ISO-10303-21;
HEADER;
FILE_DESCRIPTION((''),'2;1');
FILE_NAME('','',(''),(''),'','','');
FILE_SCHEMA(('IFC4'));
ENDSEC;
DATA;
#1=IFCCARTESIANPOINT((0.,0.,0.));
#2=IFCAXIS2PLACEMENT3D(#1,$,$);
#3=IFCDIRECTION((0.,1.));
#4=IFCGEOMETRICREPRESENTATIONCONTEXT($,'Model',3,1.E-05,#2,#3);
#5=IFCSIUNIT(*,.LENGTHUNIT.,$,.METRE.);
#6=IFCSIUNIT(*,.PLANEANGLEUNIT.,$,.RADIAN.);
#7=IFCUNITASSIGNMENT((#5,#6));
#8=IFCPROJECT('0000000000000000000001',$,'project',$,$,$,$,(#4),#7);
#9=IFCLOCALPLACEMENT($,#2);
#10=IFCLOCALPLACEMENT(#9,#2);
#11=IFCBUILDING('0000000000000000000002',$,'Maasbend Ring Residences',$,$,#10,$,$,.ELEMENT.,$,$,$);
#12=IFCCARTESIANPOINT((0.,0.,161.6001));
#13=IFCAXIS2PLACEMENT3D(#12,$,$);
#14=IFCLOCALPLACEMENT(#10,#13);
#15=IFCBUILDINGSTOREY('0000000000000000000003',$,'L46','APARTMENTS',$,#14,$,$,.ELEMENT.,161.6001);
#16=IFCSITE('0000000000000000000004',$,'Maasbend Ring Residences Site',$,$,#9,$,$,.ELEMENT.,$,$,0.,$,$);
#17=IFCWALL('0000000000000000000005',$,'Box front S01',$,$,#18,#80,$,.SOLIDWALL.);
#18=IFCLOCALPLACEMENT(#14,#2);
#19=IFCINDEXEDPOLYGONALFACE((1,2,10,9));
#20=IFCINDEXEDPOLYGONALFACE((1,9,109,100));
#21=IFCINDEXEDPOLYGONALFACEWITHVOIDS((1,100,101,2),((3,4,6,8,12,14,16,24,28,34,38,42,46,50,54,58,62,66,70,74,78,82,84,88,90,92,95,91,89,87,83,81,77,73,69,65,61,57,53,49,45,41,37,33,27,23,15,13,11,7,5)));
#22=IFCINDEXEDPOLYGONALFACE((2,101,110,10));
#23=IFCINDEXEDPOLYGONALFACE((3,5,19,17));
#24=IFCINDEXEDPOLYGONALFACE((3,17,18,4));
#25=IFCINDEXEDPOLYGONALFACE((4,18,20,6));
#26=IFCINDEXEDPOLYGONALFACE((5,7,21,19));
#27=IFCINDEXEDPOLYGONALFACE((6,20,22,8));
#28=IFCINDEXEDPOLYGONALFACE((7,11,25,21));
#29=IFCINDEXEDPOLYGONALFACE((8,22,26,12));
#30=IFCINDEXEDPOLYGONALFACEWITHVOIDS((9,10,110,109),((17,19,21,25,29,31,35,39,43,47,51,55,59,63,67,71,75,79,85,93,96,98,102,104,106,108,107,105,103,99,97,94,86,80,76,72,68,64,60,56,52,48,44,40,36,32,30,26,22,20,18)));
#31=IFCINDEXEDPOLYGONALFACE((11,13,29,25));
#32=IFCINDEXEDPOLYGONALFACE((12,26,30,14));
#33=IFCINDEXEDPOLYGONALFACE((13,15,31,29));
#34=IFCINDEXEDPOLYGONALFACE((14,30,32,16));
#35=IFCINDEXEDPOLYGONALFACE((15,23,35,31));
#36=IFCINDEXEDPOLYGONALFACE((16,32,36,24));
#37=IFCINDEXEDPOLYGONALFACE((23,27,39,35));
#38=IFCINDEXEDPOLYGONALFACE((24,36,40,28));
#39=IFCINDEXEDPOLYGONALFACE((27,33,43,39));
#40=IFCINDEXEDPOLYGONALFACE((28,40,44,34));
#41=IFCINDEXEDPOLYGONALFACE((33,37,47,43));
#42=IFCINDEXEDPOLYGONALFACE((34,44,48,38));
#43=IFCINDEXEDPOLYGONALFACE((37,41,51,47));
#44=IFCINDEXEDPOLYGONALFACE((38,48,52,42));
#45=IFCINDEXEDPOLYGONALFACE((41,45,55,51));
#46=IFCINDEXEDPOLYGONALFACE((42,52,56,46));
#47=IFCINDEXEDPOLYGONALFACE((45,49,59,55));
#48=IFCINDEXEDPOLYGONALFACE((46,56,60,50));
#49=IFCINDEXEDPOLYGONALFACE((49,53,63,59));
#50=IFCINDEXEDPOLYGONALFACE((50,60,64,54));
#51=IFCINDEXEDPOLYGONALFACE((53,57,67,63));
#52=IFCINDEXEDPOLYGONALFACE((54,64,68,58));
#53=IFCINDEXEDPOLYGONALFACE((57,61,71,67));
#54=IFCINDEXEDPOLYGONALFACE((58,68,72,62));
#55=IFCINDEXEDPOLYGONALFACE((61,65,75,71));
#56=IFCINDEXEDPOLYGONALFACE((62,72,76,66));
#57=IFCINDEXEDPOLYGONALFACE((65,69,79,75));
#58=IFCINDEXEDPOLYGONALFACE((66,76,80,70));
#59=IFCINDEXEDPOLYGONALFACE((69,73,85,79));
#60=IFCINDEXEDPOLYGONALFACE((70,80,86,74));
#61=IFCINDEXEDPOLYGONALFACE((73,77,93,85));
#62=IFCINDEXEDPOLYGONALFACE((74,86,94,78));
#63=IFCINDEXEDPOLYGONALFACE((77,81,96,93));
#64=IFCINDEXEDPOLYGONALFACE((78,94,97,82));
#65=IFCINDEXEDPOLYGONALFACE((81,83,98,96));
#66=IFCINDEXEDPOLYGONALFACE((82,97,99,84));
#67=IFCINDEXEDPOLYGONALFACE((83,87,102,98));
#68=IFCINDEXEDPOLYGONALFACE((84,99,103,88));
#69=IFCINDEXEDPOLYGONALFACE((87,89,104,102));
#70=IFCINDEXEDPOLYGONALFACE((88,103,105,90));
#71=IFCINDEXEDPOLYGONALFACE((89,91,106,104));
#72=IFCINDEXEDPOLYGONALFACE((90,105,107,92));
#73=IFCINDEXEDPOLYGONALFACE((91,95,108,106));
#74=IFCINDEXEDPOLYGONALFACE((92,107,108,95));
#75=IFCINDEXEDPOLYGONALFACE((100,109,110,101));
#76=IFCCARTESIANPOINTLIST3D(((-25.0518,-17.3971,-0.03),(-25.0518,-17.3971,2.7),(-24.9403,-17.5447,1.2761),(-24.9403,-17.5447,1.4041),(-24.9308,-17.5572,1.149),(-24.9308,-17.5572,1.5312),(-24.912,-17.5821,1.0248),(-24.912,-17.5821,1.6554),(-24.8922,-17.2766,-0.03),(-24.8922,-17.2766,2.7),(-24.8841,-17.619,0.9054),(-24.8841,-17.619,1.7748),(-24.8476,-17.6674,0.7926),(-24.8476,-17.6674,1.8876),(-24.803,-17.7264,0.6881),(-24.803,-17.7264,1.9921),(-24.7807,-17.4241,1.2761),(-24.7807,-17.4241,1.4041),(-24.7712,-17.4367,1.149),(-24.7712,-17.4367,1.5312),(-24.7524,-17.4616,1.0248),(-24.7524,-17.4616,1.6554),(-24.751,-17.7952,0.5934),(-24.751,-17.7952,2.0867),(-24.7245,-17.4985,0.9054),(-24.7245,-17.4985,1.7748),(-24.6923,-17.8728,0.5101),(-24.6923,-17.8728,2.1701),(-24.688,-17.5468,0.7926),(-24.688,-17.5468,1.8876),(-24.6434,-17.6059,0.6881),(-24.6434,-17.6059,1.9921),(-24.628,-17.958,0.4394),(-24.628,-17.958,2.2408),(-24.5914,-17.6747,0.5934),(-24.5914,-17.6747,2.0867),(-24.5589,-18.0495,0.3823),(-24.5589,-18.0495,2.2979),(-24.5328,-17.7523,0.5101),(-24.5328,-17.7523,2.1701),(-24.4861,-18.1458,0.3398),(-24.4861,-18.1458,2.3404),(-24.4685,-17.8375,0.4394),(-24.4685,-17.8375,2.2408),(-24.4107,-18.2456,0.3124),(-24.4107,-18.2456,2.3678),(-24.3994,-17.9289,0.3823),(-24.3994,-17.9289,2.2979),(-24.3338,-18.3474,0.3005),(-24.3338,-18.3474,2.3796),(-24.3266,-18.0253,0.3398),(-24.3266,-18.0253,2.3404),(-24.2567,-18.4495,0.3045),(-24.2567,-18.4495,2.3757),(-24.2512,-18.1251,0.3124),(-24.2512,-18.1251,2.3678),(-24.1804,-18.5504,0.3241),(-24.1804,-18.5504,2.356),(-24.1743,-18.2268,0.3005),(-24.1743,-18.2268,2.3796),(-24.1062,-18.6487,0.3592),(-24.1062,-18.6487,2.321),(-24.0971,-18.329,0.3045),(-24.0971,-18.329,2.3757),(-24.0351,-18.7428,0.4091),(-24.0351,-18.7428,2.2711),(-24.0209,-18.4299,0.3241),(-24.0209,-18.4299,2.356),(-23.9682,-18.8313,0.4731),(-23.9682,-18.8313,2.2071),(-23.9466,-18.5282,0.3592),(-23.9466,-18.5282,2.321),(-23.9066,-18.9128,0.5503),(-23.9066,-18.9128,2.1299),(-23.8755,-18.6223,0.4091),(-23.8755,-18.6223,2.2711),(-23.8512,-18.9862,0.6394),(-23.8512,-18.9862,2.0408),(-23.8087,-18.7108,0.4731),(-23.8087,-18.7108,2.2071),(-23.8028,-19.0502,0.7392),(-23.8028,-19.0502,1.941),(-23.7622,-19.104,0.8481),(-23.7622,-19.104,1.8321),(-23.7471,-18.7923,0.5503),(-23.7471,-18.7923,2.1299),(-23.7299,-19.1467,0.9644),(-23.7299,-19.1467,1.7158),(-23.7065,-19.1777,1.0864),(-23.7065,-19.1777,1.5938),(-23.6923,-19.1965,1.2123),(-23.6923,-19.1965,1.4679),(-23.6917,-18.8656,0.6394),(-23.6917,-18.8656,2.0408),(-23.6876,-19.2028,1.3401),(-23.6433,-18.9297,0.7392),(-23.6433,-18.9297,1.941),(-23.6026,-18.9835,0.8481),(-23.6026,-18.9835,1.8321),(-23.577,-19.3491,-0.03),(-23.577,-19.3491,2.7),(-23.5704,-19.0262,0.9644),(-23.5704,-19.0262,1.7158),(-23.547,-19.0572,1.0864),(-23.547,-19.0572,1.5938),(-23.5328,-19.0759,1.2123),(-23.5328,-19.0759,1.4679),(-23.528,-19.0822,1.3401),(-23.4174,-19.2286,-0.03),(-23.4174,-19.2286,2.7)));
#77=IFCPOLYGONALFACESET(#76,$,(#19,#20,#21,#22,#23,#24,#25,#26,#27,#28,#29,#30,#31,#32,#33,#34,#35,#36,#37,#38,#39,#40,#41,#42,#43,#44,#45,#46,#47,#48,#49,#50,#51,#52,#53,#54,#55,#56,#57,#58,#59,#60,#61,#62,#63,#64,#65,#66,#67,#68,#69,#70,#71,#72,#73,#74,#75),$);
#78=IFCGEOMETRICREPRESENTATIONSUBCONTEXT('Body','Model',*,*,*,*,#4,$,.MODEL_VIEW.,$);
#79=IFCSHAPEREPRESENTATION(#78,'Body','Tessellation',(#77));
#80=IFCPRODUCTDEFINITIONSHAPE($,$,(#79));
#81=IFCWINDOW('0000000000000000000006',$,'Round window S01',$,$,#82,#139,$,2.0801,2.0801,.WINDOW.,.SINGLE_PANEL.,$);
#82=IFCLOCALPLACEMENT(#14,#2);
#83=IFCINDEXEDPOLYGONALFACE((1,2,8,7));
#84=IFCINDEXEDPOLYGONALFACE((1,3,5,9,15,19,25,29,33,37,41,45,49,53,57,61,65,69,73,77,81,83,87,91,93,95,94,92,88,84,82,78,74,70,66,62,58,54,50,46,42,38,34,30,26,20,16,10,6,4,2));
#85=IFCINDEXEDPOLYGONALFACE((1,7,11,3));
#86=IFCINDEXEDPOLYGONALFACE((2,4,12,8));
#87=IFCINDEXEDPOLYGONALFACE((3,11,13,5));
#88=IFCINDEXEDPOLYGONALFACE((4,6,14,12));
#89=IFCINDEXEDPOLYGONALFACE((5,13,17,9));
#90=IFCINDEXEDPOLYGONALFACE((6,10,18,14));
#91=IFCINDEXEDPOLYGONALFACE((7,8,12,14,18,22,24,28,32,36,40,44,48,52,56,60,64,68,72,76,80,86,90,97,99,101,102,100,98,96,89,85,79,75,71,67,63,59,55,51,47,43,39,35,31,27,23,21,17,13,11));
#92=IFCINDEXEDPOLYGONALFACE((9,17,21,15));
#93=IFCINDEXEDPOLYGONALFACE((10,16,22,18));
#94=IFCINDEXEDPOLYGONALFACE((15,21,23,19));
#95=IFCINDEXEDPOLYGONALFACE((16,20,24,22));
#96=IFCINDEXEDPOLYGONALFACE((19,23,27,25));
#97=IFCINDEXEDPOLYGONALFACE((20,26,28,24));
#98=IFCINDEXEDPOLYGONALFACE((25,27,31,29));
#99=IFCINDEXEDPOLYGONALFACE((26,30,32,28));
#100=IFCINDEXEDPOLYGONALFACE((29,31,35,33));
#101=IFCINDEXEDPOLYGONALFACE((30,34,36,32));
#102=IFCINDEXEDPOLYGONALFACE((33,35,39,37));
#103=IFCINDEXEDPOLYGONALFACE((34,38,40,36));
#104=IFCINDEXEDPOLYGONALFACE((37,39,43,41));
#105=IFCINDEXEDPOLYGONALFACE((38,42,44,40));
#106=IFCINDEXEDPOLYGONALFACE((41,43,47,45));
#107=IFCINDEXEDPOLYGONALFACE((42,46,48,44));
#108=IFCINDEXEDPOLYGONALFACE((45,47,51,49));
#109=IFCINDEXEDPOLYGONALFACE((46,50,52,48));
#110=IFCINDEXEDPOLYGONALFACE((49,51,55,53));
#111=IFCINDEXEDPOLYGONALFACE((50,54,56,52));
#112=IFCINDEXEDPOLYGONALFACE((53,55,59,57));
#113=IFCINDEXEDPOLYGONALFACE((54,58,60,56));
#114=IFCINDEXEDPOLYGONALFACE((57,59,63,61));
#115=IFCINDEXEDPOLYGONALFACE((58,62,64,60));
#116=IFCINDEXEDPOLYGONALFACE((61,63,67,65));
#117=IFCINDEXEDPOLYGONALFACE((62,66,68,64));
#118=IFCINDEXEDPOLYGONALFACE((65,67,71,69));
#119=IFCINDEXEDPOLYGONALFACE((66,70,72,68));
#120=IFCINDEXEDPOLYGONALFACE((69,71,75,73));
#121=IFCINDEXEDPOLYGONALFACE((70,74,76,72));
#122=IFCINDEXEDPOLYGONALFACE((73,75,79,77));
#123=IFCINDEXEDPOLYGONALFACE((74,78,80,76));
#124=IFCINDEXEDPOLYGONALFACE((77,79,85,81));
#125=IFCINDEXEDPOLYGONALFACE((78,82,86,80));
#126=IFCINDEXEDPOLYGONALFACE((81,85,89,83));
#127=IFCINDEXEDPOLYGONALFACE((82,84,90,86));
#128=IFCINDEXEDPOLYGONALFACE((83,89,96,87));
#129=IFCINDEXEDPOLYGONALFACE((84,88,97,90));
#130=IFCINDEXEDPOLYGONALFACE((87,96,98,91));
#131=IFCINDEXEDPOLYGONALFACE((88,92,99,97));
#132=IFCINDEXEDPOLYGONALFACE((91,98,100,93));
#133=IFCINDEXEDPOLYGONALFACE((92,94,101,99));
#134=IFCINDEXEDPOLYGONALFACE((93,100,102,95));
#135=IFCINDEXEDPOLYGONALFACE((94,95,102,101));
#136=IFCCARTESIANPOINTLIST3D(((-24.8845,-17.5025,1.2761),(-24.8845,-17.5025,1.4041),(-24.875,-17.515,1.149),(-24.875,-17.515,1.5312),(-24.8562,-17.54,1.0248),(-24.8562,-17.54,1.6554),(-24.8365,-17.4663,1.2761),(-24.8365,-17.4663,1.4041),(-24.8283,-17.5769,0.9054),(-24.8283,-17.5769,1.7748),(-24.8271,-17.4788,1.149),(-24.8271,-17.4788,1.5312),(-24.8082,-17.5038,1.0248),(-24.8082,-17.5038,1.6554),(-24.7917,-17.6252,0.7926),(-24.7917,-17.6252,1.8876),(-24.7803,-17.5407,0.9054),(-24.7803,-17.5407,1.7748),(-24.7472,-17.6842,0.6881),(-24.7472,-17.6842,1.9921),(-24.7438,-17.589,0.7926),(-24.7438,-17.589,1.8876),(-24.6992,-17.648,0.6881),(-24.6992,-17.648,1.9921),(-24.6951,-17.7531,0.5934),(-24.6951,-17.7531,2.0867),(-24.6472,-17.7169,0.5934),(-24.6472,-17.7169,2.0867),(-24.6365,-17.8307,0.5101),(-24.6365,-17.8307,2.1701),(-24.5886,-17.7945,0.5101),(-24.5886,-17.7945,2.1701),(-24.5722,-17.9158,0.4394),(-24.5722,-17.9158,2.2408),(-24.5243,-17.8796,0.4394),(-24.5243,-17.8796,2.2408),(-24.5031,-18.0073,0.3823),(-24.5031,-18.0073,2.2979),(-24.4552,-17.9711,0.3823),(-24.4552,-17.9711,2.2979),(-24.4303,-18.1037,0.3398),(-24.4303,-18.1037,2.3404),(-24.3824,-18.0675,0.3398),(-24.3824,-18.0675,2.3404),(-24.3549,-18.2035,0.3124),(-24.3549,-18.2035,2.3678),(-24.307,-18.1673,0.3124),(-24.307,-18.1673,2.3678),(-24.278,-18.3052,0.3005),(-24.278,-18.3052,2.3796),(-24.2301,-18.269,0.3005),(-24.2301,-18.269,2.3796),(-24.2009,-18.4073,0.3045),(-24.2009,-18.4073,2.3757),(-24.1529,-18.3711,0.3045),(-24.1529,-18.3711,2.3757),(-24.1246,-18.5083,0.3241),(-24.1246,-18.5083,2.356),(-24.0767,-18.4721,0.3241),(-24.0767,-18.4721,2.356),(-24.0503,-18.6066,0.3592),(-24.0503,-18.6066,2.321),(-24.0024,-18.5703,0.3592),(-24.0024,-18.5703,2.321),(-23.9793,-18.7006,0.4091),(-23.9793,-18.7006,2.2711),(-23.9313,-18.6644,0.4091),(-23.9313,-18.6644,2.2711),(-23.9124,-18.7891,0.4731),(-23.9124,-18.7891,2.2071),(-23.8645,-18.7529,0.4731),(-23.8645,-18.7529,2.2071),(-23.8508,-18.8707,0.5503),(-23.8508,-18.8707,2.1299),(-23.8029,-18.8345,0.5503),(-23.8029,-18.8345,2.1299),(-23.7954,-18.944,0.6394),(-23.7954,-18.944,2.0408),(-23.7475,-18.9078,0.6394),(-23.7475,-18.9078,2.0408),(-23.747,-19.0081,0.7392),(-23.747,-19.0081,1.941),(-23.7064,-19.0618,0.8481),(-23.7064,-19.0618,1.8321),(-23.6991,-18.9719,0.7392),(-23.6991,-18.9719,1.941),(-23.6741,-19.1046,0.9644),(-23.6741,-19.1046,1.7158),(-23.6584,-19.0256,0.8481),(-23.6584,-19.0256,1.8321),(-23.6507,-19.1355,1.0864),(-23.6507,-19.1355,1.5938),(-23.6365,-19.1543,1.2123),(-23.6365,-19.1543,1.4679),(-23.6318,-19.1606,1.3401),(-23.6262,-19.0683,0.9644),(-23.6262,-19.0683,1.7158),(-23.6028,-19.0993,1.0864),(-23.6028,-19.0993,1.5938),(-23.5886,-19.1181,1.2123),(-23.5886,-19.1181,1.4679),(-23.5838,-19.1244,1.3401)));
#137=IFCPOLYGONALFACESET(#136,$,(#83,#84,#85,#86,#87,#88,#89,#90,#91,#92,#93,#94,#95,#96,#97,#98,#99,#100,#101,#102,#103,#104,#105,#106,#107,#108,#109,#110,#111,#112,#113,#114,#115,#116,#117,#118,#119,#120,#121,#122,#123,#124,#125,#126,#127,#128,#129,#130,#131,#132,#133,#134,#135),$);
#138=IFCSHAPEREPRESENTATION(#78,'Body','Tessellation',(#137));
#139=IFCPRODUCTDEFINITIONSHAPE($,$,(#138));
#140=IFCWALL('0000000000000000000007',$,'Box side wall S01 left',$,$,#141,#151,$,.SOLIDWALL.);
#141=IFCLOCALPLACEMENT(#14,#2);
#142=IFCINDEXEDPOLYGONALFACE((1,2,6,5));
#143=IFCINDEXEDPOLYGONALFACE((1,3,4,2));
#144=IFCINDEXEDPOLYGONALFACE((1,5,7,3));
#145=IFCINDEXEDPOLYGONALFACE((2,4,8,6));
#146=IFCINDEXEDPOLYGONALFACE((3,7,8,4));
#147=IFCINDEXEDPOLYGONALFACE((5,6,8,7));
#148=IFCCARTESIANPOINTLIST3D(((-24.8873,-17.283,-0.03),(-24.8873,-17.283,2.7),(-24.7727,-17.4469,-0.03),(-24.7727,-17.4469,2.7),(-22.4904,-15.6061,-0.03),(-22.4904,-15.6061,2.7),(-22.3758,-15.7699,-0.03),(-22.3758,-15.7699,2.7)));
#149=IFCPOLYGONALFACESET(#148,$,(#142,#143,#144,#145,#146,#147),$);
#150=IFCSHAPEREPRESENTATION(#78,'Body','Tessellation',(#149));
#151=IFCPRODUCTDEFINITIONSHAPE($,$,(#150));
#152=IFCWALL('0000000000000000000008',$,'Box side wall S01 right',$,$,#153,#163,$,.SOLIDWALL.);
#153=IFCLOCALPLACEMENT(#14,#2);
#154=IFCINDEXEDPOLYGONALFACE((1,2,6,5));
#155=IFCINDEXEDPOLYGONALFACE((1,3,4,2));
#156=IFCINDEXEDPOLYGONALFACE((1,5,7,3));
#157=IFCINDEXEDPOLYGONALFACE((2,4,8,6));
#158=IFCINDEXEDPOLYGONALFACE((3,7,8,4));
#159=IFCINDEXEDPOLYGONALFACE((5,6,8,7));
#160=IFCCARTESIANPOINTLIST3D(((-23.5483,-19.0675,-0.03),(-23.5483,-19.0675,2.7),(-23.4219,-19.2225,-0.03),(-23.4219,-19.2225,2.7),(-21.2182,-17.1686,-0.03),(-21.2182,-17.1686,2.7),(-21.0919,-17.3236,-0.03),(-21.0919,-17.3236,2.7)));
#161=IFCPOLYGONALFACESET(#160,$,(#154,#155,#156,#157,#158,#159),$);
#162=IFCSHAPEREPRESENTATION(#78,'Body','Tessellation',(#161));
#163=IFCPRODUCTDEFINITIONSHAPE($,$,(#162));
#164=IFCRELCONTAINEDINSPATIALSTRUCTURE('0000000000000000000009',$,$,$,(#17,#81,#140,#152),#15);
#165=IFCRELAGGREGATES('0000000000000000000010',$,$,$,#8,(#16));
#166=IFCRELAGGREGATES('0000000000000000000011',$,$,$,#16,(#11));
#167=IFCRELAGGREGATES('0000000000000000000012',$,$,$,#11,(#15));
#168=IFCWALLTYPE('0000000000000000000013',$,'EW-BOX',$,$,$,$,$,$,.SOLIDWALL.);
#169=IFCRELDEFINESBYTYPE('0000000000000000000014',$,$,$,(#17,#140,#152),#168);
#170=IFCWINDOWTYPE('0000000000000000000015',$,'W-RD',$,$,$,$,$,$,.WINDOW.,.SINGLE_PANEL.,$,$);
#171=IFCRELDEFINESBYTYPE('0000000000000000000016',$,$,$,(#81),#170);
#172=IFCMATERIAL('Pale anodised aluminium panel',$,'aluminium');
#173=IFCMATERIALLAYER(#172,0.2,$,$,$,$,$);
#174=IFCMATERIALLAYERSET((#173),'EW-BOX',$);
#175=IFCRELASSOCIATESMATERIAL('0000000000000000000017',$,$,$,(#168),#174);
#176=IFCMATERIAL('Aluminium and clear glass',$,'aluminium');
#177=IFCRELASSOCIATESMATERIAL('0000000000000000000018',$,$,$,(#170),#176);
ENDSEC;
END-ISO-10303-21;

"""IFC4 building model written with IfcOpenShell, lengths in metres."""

from ifc_helpers import new_model, si_unit, direction, frame, frame_2d, origin, place, context, subcontext, project, spatial, rectangle, circle, extrude, material, layer, layer_set, type_object, element, fill, save


model = new_model("IFC4")

# Units and contexts
model_context = context("Model", 3, precision=1e-05, world=origin(), true_north=direction((0.0, 1.0)))
body_context = subcontext(model_context, "Body", "Model", "MODEL_VIEW")
ifc_project = project(units=[si_unit("LENGTHUNIT", "METRE"), si_unit("PLANEANGLEUNIT", "RADIAN")], contexts=[model_context])

# Site, building, storey
site_placement = place(None, origin())
site = spatial("IfcSite", under=ifc_project, at=site_placement, Name="Maasbend Ring Residences Site", CompositionType="ELEMENT", RefElevation=0.0)
building_placement = place(site_placement, origin())
building = spatial("IfcBuilding", under=site, at=building_placement, Name="Maasbend Ring Residences", CompositionType="ELEMENT")
storey_placement = place(building_placement, frame((0.0, 0.0, 161.6001)))
storey = spatial("IfcBuildingStorey", under=building, at=storey_placement, Name="L46", Description="APARTMENTS", CompositionType="ELEMENT", Elevation=161.6001)

# Wall, opening, window
ifc_material_1 = material(Name="Pale anodised aluminium panel", Category="aluminium")
ifc_layer_1 = layer(ifc_material_1, 0.2)
ifc_layer_set_1 = layer_set([ifc_layer_1], Name="EW-BOX")
wall_type_1 = type_object("IfcWallType", Name="EW-BOX", PredefinedType="SOLIDWALL", material=ifc_layer_set_1)
wall_1_placement = place(storey_placement, frame((-24.9719, -17.3369, -0.03), z_axis=(0.0, 0.0, 1.0), x_axis=(0.602806, -0.797888, 0.0)))
wall_1 = element("IfcWall", 1, at=wall_1_placement, inside=storey, type_object=wall_type_1, Name="Box front S01", PredefinedType="SOLIDWALL", context=body_context, shape_type="SweptSolid", body=[
    extrude(rectangle(XDim=2.4465, YDim=0.2, at=frame_2d((1.2231, 0.0))), origin(), (0.0, 0.0, 1.0), 2.73),
])
opening_1_placement = place(wall_1_placement, frame((0.1829, 0.0, 0.3301)))
opening_1 = element("IfcOpeningElement", 2, at=opening_1_placement, cuts=wall_1, PredefinedType="OPENING", context=body_context, shape_type="SweptSolid", body=[
    extrude(circle(Radius=1.04, at=frame_2d((1.04, 1.04))), frame((0.0, 0.1099, 0.0), z_axis=(0.0, -1.0, 0.0), x_axis=(1.0, 0.0, 0.0)), (0.0, 0.0, 1.0), 0.22),
])
ifc_material_2 = material(Name="Aluminium and clear glass", Category="aluminium")
window_type_1 = type_object("IfcWindowType", Name="W-RD", PartitioningType="SINGLE_PANEL", PredefinedType="WINDOW", material=ifc_material_2)
window_1_placement = place(opening_1_placement, origin())
window_1 = element("IfcWindow", 3, at=window_1_placement, inside=storey, type_object=window_type_1, Name="Round window S01", OverallHeight=2.0801, OverallWidth=2.0801, PartitioningType="SINGLE_PANEL", PredefinedType="WINDOW", context=body_context, shape_type="SweptSolid", body=[
    extrude(circle(Radius=1.04, at=frame_2d((1.04, 1.04))), frame((0.0, 0.03, 0.0), z_axis=(0.0, -1.0, 0.0), x_axis=(1.0, 0.0, 0.0)), (0.0, 0.0, 1.0), 0.0601),
])
fill(opening_1, window_1)

# Walls
wall_2_placement = place(storey_placement, frame((-22.4331, -15.688, -0.03), z_axis=(0.0, 0.0, 1.0), x_axis=(-0.819373, -0.573261, 0.0)))
element("IfcWall", 4, at=wall_2_placement, inside=storey, type_object=wall_type_1, Name="Box side wall S01 left", PredefinedType="SOLIDWALL", context=body_context, shape_type="SweptSolid", body=[
    extrude(rectangle(XDim=2.9253, YDim=0.2, at=frame_2d((1.4626, 0.0))), origin(), (0.0, 0.0, 1.0), 2.73),
])
wall_3_placement = place(storey_placement, frame((-21.155, -17.2461, -0.03), z_axis=(0.0, 0.0, 1.0), x_axis=(-0.775179, -0.631742, 0.0)))
element("IfcWall", 5, at=wall_3_placement, inside=storey, type_object=wall_type_1, Name="Box side wall S01 right", PredefinedType="SOLIDWALL", context=body_context, shape_type="SweptSolid", body=[
    extrude(rectangle(XDim=3.0059, YDim=0.2, at=frame_2d((1.5029, 0.0))), origin(), (0.0, 0.0, 1.0), 2.73),
])

save(model, "model.ifc")
